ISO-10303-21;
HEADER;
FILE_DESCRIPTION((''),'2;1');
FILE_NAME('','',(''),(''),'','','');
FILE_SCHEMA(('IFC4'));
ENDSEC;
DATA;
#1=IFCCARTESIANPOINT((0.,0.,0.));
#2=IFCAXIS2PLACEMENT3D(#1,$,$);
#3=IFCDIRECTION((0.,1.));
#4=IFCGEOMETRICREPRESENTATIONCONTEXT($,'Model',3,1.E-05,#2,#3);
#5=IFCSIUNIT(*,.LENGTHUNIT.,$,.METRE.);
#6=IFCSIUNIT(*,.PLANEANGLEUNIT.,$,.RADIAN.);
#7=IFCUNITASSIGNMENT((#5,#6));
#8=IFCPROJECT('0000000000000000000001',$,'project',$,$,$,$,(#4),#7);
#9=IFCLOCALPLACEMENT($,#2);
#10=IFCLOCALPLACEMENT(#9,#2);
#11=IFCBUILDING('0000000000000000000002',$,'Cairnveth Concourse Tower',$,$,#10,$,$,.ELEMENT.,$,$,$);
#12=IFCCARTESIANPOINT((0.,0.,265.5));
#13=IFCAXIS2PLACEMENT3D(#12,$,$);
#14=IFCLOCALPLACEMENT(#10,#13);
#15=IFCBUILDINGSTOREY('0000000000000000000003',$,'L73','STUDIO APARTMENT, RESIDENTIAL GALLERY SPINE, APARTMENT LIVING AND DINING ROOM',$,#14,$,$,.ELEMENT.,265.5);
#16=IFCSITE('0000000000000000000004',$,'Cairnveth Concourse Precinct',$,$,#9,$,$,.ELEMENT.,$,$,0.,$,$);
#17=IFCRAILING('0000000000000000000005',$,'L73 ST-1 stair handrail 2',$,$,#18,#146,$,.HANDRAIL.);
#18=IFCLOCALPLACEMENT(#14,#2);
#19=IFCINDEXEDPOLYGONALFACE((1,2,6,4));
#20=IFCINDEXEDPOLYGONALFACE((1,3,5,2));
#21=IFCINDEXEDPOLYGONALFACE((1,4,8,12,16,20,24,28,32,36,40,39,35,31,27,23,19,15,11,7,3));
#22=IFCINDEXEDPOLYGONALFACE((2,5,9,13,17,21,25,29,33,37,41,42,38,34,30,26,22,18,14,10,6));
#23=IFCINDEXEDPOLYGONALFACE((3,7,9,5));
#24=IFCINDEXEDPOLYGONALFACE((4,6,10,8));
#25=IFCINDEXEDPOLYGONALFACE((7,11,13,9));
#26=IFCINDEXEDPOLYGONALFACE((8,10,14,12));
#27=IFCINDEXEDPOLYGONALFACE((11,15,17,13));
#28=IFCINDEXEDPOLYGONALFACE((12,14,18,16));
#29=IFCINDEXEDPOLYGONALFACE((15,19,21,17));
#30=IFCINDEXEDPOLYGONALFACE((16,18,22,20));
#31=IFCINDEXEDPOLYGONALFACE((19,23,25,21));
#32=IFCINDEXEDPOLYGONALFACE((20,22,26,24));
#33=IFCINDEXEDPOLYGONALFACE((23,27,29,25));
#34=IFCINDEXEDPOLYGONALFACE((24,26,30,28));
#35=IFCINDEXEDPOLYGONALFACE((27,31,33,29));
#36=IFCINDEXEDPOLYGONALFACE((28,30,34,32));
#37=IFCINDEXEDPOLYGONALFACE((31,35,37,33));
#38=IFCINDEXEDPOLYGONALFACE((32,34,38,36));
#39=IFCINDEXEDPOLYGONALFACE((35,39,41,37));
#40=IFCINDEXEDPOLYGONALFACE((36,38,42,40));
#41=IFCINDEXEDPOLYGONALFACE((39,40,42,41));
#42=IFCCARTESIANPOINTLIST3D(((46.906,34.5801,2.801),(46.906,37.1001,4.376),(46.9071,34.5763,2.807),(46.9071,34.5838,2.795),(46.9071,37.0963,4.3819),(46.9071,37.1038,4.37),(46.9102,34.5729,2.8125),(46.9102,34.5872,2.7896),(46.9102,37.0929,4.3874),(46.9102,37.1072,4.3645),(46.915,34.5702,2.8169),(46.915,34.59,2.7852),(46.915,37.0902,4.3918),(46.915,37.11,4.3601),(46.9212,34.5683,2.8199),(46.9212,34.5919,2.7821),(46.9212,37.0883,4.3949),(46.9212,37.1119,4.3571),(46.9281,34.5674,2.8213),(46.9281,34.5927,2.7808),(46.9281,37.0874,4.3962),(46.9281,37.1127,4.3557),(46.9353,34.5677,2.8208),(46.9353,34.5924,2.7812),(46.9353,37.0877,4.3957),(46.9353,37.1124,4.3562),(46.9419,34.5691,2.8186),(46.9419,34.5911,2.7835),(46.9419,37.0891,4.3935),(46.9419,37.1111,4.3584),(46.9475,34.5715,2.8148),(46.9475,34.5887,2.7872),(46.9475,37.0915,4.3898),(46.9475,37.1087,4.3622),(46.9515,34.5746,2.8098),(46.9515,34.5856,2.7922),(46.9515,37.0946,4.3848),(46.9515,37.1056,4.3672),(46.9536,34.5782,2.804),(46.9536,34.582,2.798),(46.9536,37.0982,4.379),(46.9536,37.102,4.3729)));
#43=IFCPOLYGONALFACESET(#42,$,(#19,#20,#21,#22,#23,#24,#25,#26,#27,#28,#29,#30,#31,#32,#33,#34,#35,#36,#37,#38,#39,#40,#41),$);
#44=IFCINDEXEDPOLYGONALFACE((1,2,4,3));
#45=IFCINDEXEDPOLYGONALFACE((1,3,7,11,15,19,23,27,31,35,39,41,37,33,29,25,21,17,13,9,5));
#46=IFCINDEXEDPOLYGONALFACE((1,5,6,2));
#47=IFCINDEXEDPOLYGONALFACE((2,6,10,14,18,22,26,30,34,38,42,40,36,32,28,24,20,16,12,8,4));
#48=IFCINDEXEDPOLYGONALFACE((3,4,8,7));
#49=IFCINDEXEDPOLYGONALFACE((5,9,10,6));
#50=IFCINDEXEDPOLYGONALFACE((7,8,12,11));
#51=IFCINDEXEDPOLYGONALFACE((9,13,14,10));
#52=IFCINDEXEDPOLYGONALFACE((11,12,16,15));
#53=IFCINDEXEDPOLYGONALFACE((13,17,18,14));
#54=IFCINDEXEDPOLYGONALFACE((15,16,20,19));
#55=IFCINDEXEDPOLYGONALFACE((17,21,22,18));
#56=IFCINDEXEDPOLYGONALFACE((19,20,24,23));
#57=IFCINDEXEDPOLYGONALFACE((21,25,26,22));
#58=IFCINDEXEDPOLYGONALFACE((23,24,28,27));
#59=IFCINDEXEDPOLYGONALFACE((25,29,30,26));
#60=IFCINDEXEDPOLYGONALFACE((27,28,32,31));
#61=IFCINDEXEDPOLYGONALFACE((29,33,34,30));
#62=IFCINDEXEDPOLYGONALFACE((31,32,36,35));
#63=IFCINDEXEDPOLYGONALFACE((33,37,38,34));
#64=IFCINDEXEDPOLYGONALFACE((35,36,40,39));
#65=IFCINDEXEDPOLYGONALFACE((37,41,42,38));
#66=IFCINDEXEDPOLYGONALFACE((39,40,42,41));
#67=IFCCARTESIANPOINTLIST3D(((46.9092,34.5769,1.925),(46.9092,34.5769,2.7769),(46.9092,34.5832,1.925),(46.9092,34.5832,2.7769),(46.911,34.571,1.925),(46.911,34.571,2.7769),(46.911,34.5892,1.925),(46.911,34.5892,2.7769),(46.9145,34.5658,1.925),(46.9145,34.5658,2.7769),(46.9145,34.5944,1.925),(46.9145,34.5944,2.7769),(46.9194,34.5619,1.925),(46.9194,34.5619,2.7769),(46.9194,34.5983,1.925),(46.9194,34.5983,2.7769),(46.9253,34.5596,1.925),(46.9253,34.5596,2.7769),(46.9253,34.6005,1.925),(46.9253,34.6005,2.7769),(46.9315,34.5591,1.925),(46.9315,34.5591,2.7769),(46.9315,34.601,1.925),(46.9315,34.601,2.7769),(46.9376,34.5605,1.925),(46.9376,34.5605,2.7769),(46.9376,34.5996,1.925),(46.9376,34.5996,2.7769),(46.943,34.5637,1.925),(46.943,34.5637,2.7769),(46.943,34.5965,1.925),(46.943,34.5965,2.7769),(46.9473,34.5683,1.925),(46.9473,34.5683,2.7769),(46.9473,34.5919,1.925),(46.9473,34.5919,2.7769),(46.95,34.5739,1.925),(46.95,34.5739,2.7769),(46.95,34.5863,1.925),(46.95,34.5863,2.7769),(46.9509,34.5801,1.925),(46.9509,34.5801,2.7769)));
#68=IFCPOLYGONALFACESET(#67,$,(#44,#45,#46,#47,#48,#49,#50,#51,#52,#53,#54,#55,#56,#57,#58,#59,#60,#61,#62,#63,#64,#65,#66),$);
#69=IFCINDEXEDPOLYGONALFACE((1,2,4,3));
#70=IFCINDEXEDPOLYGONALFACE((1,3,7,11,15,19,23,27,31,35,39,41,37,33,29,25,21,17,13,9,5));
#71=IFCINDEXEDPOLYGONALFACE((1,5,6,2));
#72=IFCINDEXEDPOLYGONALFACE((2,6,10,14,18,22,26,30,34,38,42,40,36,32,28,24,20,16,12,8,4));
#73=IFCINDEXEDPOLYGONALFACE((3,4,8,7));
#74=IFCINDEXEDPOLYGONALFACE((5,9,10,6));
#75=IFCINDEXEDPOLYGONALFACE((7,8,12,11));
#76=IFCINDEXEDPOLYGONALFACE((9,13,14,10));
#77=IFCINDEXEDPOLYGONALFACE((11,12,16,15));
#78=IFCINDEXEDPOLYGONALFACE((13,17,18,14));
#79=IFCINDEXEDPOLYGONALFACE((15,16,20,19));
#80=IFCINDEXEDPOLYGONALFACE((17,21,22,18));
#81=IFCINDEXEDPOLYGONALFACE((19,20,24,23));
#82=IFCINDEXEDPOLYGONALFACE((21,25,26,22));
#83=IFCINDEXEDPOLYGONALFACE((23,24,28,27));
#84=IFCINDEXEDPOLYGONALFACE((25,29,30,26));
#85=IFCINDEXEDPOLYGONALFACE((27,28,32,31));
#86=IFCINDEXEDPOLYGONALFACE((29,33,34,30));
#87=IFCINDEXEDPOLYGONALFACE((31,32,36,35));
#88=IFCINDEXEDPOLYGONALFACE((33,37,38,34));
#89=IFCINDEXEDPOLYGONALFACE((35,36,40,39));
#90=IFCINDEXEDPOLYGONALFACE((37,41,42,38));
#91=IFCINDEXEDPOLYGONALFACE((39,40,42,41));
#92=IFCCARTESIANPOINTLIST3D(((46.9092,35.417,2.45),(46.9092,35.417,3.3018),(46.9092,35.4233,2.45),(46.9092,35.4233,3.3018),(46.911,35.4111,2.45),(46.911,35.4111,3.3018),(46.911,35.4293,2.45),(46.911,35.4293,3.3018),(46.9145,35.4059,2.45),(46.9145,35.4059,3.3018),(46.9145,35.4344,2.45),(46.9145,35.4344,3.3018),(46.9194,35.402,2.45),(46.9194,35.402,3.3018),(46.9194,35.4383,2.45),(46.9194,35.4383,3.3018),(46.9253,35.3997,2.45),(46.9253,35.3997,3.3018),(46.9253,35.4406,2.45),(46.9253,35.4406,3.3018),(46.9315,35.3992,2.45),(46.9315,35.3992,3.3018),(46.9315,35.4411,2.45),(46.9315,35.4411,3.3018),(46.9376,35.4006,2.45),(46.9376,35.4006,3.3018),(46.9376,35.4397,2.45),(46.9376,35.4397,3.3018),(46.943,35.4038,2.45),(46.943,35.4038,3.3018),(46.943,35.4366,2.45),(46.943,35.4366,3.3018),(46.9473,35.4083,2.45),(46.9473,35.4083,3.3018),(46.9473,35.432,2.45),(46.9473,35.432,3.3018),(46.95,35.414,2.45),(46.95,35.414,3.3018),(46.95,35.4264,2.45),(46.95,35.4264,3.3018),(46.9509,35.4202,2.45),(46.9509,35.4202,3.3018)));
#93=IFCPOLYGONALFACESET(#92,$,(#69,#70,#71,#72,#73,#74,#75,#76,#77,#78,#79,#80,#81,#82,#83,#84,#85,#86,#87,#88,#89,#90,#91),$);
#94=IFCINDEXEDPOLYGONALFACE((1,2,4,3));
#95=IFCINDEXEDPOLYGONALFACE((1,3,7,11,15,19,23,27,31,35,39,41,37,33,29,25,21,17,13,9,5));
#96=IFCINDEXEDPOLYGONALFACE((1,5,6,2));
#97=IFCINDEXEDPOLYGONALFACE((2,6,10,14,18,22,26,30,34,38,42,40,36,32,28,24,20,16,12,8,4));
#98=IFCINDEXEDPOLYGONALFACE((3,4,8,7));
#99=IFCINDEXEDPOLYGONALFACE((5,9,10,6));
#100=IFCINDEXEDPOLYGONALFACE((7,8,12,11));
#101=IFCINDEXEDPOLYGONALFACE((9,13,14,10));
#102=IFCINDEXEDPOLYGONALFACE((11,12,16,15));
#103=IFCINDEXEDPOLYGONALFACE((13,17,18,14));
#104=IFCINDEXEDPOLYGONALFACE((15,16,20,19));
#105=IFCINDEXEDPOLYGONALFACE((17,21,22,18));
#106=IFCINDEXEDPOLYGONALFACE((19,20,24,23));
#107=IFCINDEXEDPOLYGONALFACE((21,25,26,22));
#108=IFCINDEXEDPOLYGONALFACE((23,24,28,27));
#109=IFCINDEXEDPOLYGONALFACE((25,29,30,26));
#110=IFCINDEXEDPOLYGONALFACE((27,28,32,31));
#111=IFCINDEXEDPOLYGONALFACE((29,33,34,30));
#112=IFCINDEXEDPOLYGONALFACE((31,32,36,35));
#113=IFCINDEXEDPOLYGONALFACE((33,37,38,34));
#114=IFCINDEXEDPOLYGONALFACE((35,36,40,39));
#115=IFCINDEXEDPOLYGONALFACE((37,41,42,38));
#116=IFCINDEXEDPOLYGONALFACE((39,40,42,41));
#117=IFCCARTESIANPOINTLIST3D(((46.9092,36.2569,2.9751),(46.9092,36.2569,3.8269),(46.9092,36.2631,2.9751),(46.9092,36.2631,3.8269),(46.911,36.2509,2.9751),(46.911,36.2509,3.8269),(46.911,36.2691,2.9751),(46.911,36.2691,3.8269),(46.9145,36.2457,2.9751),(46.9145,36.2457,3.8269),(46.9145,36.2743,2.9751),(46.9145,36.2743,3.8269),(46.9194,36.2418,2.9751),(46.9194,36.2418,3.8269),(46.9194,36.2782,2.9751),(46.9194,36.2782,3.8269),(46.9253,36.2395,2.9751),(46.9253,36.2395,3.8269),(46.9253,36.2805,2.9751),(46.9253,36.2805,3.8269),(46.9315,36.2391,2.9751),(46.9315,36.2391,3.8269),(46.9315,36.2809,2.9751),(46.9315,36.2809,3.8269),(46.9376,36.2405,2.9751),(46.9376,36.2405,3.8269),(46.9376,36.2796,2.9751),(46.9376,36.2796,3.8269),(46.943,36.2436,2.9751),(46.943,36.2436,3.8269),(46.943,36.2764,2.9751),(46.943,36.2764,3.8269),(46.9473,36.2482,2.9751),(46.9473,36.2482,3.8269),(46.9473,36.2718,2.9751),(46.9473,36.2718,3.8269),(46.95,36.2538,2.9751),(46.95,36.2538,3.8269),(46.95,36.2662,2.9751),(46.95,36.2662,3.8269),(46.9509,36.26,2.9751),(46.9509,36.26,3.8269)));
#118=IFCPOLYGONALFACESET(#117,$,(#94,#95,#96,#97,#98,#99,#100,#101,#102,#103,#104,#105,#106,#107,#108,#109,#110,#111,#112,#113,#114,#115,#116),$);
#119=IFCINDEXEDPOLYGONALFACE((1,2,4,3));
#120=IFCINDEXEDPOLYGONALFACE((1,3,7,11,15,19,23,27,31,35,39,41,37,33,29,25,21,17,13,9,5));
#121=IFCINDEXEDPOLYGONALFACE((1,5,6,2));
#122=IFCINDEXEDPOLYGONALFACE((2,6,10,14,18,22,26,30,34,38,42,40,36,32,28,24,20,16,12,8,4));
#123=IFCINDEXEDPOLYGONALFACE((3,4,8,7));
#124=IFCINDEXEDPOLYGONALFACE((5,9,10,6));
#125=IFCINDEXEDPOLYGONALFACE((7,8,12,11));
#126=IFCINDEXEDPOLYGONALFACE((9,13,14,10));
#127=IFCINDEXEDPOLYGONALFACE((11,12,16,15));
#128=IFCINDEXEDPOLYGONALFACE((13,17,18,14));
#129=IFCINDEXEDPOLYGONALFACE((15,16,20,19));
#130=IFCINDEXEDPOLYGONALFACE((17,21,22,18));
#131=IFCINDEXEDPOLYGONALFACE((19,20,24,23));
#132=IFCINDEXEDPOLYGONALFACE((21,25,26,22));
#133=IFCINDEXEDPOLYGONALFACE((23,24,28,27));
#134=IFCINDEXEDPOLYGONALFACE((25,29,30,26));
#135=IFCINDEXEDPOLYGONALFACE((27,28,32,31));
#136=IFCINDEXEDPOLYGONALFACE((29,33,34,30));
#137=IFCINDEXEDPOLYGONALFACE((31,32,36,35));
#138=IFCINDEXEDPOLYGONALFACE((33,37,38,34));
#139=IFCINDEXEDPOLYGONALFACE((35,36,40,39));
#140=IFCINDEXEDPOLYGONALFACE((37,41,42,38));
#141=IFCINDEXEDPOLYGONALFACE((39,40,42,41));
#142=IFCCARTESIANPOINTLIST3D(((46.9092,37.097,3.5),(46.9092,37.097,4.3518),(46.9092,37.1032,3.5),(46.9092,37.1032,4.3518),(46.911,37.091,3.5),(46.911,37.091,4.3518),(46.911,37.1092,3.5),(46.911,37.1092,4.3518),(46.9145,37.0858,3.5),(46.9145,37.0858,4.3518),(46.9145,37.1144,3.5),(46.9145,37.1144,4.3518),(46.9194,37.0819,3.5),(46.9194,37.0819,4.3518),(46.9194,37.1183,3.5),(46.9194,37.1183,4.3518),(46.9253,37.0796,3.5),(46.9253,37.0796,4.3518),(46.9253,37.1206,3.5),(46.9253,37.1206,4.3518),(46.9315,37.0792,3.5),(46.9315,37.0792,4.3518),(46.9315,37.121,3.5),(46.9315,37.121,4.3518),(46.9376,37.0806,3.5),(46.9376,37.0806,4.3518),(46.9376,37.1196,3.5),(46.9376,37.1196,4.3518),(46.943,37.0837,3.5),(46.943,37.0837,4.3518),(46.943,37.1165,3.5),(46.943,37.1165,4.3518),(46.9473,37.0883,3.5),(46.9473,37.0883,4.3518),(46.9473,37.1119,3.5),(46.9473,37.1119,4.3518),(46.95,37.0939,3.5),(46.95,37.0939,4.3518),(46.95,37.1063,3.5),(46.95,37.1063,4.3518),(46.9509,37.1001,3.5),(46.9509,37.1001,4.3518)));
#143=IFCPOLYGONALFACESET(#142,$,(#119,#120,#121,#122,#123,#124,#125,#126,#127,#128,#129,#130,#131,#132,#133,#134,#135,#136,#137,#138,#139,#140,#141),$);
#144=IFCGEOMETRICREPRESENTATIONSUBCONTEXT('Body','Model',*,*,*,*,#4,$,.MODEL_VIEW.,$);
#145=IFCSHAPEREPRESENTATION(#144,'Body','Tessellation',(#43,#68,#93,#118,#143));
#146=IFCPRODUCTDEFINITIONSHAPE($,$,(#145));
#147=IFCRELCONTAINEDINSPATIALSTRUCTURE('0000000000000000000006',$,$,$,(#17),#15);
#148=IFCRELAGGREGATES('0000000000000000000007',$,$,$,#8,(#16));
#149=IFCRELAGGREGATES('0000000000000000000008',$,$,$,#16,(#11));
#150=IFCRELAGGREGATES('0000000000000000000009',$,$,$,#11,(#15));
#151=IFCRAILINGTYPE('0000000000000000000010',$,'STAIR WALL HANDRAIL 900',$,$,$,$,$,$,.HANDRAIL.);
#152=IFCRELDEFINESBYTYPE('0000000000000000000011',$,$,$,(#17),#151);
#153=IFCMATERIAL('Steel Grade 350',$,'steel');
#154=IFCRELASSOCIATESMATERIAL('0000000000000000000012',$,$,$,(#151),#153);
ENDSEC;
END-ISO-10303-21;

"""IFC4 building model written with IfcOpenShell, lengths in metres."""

from ifc_helpers import new_model, si_unit, direction, frame, origin, origin_2d, place, context, subcontext, project, spatial, circle, extrude, material, type_object, element, save


model = new_model("IFC4")

# Units and contexts
model_context = context("Model", 3, precision=1e-05, world=origin(), true_north=direction((0.0, 1.0)))
body_context = subcontext(model_context, "Body", "Model", "MODEL_VIEW")
ifc_project = project(units=[si_unit("LENGTHUNIT", "METRE"), si_unit("PLANEANGLEUNIT", "RADIAN")], contexts=[model_context])

# Site, building, storey
site_placement = place(None, origin())
site = spatial("IfcSite", under=ifc_project, at=site_placement, Name="Cairnveth Concourse Precinct", CompositionType="ELEMENT", RefElevation=0.0)
building_placement = place(site_placement, origin())
building = spatial("IfcBuilding", under=site, at=building_placement, Name="Cairnveth Concourse Tower", CompositionType="ELEMENT")
storey_placement = place(building_placement, frame((0.0, 0.0, 265.5)))
storey = spatial("IfcBuildingStorey", under=building, at=storey_placement, Name="L73", Description="STUDIO APARTMENT, RESIDENTIAL GALLERY SPINE, APARTMENT LIVING AND DINING ROOM", CompositionType="ELEMENT", Elevation=265.5)

# Shared definitions
ifc_material_1 = material(Name="Steel Grade 350", Category="steel")

# Railing
railing_type_1 = type_object("IfcRailingType", Name="STAIR WALL HANDRAIL 900", PredefinedType="HANDRAIL", material=ifc_material_1)
railing_1_placement = place(storey_placement, frame((46.9299, 34.5801, 1.925)))
element("IfcRailing", 1, at=railing_1_placement, inside=storey, type_object=railing_type_1, Name="L73 ST-1 stair handrail 2", PredefinedType="HANDRAIL", context=body_context, shape_type="SweptSolid", body=[
    extrude(circle(Radius=0.0239, at=origin_2d()), frame((0.0, 0.0, 0.876), z_axis=(0.0, 0.848008, 0.529984), x_axis=(-1.0, 0.0, 0.0)), (0.0, 0.0, 1.0), 2.9717),
    extrude(circle(Radius=0.021, at=origin_2d()), origin(), (0.0, 0.0, 1.0), 0.8518),
    extrude(circle(Radius=0.021, at=origin_2d()), frame((0.0, 0.8401, 0.5249)), (0.0, 0.0, 1.0), 0.8518),
    extrude(circle(Radius=0.021, at=origin_2d()), frame((0.0, 1.6799, 1.05)), (0.0, 0.0, 1.0), 0.8518),
    extrude(circle(Radius=0.021, at=origin_2d()), frame((0.0, 2.52, 1.575)), (0.0, 0.0, 1.0), 0.8518),
])

save(model, "model.ifc")
